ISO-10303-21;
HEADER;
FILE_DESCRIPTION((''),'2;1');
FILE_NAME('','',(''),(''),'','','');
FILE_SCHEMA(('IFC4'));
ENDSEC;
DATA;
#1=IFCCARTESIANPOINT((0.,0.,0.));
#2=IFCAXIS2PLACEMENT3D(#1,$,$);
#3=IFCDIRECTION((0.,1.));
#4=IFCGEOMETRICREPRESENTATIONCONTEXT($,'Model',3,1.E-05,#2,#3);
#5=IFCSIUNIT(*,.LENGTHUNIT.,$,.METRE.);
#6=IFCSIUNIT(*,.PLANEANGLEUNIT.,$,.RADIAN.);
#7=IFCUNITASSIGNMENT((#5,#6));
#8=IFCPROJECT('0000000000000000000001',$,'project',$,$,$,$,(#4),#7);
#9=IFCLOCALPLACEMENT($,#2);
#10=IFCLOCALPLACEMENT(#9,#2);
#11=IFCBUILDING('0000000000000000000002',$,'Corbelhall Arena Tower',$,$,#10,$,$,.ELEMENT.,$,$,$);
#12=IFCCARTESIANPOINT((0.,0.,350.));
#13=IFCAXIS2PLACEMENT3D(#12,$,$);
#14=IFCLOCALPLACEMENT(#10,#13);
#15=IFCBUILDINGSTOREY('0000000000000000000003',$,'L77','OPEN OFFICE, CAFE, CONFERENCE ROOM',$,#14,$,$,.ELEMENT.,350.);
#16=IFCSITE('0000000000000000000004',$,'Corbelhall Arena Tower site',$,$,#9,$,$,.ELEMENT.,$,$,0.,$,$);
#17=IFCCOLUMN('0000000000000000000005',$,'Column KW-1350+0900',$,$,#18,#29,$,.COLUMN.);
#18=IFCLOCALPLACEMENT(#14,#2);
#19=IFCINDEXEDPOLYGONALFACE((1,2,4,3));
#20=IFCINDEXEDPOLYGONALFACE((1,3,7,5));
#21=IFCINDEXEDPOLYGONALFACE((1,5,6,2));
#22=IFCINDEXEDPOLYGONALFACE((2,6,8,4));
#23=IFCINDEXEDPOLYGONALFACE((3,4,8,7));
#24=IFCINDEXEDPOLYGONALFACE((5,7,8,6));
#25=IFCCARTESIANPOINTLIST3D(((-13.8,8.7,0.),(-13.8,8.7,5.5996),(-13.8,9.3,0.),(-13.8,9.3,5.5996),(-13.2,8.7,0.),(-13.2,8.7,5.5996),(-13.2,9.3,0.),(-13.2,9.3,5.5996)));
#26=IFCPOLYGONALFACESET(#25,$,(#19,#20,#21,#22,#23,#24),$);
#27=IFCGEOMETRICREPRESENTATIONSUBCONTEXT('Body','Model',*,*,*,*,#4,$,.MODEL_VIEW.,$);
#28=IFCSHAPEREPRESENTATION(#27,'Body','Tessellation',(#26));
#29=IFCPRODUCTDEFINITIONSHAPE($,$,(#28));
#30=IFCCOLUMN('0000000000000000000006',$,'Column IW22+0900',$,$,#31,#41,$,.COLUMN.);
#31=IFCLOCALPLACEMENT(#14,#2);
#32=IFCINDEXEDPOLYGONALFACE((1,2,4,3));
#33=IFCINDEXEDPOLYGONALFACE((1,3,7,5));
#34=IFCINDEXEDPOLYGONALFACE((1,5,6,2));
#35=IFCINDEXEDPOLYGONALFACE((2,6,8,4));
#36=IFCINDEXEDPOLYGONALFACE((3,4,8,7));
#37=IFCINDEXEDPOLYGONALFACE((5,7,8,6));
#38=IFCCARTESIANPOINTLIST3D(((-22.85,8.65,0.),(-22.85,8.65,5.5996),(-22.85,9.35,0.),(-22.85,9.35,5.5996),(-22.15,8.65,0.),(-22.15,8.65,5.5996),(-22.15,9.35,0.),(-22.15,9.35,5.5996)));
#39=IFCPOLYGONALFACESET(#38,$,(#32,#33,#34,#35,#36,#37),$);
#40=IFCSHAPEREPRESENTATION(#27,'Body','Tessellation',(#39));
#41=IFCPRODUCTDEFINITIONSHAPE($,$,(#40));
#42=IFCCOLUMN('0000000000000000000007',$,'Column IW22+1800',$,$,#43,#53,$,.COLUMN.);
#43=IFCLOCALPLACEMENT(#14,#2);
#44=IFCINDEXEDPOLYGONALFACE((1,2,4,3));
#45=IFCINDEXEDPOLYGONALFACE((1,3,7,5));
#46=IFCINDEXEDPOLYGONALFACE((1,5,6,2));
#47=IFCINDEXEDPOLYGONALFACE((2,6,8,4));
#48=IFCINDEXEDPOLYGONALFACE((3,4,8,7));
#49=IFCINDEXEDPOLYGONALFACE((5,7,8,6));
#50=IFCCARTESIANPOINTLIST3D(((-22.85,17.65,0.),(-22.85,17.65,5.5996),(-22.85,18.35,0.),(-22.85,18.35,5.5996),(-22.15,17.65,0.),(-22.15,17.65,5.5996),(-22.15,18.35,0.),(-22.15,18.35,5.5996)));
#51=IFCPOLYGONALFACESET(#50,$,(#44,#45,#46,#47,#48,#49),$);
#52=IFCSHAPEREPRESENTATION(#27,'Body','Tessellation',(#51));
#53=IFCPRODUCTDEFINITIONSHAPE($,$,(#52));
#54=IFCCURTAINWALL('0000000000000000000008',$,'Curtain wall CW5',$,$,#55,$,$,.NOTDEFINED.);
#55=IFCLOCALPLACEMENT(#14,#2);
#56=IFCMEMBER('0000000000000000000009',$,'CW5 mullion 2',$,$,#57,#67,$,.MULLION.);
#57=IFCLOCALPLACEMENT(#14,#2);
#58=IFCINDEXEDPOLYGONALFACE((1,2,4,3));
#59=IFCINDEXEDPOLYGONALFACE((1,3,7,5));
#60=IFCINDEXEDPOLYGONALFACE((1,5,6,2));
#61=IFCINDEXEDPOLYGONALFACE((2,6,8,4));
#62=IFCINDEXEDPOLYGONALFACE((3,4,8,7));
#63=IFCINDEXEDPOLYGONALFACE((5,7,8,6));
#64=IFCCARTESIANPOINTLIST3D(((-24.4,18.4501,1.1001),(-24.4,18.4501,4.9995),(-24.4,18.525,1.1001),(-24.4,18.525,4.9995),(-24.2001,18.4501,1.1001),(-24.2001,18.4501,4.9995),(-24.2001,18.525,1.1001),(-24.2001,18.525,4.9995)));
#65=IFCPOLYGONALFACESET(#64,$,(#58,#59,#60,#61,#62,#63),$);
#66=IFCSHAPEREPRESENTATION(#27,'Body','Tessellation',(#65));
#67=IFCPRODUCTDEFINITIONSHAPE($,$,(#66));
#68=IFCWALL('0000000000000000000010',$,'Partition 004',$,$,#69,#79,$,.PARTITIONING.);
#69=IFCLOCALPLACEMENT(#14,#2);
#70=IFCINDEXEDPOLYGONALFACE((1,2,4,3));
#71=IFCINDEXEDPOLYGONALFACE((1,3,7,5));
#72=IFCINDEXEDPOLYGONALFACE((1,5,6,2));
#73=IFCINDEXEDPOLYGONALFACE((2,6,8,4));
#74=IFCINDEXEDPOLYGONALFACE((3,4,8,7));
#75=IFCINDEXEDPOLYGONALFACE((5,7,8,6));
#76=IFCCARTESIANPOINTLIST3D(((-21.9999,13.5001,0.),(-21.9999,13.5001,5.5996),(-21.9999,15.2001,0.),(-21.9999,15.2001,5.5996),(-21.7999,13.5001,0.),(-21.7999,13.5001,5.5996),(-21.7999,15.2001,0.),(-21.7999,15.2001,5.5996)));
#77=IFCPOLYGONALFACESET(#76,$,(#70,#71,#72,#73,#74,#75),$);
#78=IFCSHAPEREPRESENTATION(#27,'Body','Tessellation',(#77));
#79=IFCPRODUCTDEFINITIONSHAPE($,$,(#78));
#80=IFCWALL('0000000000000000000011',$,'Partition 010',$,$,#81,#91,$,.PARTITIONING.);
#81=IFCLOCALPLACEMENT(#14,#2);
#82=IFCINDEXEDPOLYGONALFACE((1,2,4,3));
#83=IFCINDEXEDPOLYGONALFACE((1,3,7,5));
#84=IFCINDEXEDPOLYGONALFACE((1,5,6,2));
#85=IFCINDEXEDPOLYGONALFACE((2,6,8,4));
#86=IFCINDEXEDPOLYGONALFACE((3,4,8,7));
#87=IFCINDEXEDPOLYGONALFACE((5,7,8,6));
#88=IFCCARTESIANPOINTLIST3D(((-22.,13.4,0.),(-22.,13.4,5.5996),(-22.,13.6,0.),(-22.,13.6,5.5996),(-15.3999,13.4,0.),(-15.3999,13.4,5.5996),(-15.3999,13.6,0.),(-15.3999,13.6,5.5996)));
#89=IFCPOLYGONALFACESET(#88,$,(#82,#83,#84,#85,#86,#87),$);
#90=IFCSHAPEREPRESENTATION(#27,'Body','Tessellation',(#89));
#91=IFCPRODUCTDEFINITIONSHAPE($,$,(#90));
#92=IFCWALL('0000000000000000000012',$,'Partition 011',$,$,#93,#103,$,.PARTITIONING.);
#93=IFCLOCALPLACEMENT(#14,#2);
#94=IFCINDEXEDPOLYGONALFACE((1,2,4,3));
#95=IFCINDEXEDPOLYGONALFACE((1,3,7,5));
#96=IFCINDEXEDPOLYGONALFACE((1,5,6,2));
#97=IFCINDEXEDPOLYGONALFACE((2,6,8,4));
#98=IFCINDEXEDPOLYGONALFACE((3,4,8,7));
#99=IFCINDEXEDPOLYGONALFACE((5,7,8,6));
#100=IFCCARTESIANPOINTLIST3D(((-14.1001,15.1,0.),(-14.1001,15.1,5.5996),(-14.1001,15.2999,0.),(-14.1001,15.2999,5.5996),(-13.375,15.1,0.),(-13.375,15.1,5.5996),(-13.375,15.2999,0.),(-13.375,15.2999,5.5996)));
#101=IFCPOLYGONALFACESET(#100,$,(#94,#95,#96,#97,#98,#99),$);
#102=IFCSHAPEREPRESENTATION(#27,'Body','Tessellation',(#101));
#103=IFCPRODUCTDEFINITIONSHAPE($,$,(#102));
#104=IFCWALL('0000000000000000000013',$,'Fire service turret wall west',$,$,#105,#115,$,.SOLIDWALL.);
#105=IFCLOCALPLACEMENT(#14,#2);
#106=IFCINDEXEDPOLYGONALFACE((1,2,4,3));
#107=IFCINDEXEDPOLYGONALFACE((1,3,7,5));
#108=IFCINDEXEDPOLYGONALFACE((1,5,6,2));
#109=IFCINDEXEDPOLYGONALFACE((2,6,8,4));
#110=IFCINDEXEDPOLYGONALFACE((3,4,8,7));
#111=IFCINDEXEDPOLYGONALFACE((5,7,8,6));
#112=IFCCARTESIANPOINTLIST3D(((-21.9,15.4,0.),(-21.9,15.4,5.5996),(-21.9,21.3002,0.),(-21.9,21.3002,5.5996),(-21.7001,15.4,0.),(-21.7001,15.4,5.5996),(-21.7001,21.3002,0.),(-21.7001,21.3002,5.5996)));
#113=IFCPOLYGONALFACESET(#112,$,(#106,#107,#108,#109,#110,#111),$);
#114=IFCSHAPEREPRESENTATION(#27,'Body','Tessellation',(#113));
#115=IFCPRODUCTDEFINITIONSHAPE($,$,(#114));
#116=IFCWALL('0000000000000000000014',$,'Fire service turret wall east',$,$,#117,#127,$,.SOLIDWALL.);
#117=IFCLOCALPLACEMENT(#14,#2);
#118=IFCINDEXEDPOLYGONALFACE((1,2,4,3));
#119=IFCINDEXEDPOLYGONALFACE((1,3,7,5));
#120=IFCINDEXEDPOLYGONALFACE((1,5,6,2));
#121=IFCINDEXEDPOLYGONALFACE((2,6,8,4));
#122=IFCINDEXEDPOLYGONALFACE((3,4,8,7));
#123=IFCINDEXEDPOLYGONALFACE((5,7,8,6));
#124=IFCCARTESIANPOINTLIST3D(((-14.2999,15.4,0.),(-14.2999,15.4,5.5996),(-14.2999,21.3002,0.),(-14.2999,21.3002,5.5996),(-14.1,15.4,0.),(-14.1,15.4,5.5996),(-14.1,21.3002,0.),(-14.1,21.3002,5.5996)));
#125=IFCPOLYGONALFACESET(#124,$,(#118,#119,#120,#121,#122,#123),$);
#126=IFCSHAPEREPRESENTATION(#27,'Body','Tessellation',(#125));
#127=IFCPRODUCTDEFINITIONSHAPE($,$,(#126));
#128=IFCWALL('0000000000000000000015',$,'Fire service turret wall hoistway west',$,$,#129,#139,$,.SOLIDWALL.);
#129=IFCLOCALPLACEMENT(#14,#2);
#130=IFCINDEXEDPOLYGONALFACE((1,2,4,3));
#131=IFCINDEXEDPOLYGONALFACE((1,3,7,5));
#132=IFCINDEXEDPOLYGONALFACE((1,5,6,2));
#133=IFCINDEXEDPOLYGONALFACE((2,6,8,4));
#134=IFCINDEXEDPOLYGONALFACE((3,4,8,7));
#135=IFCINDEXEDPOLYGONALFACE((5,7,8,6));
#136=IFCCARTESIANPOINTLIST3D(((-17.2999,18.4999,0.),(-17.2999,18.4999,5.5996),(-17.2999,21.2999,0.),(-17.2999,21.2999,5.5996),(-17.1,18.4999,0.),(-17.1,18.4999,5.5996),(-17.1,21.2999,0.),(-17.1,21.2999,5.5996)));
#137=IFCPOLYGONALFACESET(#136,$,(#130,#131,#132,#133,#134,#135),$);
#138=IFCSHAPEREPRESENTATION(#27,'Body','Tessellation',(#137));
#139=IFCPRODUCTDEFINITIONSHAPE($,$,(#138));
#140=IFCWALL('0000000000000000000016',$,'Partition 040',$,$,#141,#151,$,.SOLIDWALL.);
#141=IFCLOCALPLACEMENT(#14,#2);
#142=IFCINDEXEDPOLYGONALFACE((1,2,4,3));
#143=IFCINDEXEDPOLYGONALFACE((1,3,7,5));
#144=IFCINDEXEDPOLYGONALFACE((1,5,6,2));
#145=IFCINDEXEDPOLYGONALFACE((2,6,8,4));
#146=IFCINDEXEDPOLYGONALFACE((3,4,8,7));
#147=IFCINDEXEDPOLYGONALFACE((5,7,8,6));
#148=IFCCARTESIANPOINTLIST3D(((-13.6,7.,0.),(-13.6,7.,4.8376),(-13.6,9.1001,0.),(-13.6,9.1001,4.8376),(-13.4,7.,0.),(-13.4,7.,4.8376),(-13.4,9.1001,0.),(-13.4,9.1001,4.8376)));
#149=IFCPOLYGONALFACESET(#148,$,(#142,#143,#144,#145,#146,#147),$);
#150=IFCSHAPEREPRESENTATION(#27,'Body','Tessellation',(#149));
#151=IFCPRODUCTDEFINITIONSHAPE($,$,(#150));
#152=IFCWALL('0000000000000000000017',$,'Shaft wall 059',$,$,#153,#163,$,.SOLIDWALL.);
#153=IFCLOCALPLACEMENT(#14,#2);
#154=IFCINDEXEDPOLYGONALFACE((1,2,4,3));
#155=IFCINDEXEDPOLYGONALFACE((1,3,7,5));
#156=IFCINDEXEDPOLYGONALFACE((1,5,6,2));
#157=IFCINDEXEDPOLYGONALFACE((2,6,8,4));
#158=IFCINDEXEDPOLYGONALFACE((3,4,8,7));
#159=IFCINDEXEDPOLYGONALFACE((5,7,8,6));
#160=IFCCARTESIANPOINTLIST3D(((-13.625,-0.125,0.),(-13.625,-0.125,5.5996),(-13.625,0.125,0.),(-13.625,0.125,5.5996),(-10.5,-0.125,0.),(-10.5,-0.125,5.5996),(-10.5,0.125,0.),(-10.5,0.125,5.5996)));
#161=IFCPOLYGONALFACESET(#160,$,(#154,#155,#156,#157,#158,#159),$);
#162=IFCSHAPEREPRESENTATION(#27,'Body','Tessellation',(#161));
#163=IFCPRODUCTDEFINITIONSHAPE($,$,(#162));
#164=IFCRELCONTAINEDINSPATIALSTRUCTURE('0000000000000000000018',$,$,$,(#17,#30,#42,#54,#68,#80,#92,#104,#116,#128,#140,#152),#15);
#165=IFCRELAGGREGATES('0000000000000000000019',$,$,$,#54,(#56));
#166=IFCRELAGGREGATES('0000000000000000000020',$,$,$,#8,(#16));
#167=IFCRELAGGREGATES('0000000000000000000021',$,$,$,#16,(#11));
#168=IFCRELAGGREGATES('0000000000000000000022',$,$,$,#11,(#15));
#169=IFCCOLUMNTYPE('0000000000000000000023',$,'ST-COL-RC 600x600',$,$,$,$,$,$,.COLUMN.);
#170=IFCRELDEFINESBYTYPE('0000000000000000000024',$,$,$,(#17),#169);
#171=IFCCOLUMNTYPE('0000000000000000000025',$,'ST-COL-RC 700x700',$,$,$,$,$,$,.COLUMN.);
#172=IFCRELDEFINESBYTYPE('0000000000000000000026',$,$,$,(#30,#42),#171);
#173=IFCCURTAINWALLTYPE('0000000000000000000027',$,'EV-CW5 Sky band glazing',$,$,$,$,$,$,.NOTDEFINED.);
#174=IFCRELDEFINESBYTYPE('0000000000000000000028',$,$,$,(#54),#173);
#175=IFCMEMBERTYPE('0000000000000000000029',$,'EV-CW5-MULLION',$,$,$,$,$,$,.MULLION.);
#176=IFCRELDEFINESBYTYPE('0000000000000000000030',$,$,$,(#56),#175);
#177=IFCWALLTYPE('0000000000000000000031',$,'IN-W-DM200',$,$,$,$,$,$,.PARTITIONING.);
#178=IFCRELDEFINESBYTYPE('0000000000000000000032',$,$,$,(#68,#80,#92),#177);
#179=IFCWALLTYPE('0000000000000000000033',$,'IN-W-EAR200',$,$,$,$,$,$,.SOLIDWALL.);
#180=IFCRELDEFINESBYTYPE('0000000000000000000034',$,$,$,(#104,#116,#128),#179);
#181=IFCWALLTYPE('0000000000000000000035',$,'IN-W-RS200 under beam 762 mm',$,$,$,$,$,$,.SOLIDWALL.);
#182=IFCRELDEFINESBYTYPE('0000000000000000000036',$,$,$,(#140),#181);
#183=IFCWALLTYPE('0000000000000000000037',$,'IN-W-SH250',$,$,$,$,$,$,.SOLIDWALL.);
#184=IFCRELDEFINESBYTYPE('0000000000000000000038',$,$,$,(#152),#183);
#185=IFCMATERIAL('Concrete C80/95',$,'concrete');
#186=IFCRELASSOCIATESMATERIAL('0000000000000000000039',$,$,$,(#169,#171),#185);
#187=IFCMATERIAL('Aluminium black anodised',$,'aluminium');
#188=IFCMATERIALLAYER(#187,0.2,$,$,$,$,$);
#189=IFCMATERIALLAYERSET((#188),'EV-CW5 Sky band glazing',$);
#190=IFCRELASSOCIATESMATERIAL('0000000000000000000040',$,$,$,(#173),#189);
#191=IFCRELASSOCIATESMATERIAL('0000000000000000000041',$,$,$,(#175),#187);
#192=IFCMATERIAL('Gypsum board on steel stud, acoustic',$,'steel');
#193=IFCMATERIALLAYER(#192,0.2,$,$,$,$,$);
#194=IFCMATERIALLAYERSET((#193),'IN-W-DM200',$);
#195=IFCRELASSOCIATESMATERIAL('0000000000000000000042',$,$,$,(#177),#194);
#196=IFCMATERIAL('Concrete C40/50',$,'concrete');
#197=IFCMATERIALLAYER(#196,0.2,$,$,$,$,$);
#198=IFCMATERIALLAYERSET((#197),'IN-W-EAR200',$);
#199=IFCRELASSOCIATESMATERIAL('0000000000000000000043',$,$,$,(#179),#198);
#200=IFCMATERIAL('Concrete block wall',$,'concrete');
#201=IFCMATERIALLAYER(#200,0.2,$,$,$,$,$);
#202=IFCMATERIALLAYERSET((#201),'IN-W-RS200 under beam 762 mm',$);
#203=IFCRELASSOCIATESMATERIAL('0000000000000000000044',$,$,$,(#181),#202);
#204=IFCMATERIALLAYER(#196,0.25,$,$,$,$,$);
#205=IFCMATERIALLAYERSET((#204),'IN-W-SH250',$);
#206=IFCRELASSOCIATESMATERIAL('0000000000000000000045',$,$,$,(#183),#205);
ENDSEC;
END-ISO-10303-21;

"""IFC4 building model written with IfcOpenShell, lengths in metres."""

from ifc_helpers import new_model, si_unit, direction, frame, frame_2d, origin, origin_2d, place, context, subcontext, project, spatial, rectangle, extrude, material, layer, layer_set, material_profile, profile_set, type_object, element, aggregate, save


model = new_model("IFC4")

# Units and contexts
model_context = context("Model", 3, precision=1e-05, world=origin(), true_north=direction((0.0, 1.0)))
body_context = subcontext(model_context, "Body", "Model", "MODEL_VIEW")
ifc_project = project(units=[si_unit("LENGTHUNIT", "METRE"), si_unit("PLANEANGLEUNIT", "RADIAN")], contexts=[model_context])

# Site, building, storey
site_placement = place(None, origin())
site = spatial("IfcSite", under=ifc_project, at=site_placement, Name="Corbelhall Arena Tower site", CompositionType="ELEMENT", RefElevation=0.0)
building_placement = place(site_placement, origin())
building = spatial("IfcBuilding", under=site, at=building_placement, Name="Corbelhall Arena Tower", CompositionType="ELEMENT")
storey_placement = place(building_placement, frame((0.0, 0.0, 350.0)))
storey = spatial("IfcBuildingStorey", under=building, at=storey_placement, Name="L77", Description="OPEN OFFICE, CAFE, CONFERENCE ROOM", CompositionType="ELEMENT", Elevation=350.0)

# Columns
ifc_material_1 = material(Name="Concrete C80/95", Category="concrete")
ifc_material_profile_1 = material_profile(ifc_material_1, rectangle(XDim=0.6001, YDim=0.6001, at=origin_2d()))
ifc_profile_set_1 = profile_set([ifc_material_profile_1], Name="Concrete C80/95")
column_type_1 = type_object("IfcColumnType", Name="ST-COL-RC 600x600", PredefinedType="COLUMN", material=ifc_profile_set_1)
column_placement = place(storey_placement, frame((-13.5, 9.0, 0.0), z_axis=(0.0, 0.0, 1.0), x_axis=(1.0, 0.0, 0.0)))
element("IfcColumn", 1, at=column_placement, inside=storey, type_object=column_type_1, Name="Column KW-1350+0900", PredefinedType="COLUMN", context=body_context, shape_type="SweptSolid", body=[
    extrude(rectangle(XDim=0.6001, YDim=0.6001, at=origin_2d()), origin(), (0.0, 0.0, 1.0), 5.5996),
])
ifc_material_profile_2 = material_profile(ifc_material_1, rectangle(XDim=0.7, YDim=0.7, at=origin_2d()))
ifc_profile_set_2 = profile_set([ifc_material_profile_2], Name="Concrete C80/95")
column_type_2 = type_object("IfcColumnType", Name="ST-COL-RC 700x700", PredefinedType="COLUMN", material=ifc_profile_set_2)
for number, where, z_axis, x_axis, name in (
    (2, (-22.5, 9.0, 0.0), (0.0, 0.0, 1.0), (1.0, 0.0, 0.0), "Column IW22+0900"),
    (3, (-22.5, 18.0, 0.0), (0.0, 0.0, 1.0), (1.0, 0.0, 0.0), "Column IW22+1800"),
):
    element("IfcColumn", number, at=place(storey_placement, frame(where, z_axis=z_axis, x_axis=x_axis)), inside=storey, type_object=column_type_2, Name=name, PredefinedType="COLUMN", context=body_context, shape_type="SweptSolid", body=[
        extrude(rectangle(XDim=0.7, YDim=0.7, at=origin_2d()), origin(), (0.0, 0.0, 1.0), 5.5996),
    ])

# Curtain wall, member
ifc_material_2 = material(Name="Aluminium black anodised", Category="aluminium")
ifc_layer_1 = layer(ifc_material_2, 0.2)
ifc_layer_set_1 = layer_set([ifc_layer_1], Name="EV-CW5 Sky band glazing")
curtain_wall_type = type_object("IfcCurtainWallType", Name="EV-CW5 Sky band glazing", PredefinedType="NOTDEFINED", material=ifc_layer_set_1)
curtain_wall_placement = place(storey_placement, origin())
curtain_wall = element("IfcCurtainWall", 4, at=curtain_wall_placement, inside=storey, type_object=curtain_wall_type, Name="Curtain wall CW5", PredefinedType="NOTDEFINED")
ifc_material_profile_3 = material_profile(ifc_material_2, rectangle(XDim=0.2, YDim=0.075, at=origin_2d()))
ifc_profile_set_3 = profile_set([ifc_material_profile_3], Name="Aluminium black anodised")
member_type = type_object("IfcMemberType", Name="EV-CW5-MULLION", PredefinedType="MULLION", material=ifc_profile_set_3)
member_placement = place(storey_placement, frame((-24.3, 18.4875, 1.1001), z_axis=(0.0, 0.0, 1.0), x_axis=(1.0, 0.0, 0.0)))
member = element("IfcMember", 5, at=member_placement, type_object=member_type, Name="CW5 mullion 2", PredefinedType="MULLION", context=body_context, shape_type="SweptSolid", body=[
    extrude(rectangle(XDim=0.2, YDim=0.075, at=origin_2d()), origin(), (0.0, 0.0, 1.0), 3.8994),
])
aggregate(curtain_wall, [member])

# Walls
ifc_material_3 = material(Name="Gypsum board on steel stud, acoustic", Category="steel")
ifc_layer_2 = layer(ifc_material_3, 0.2)
ifc_layer_set_2 = layer_set([ifc_layer_2], Name="IN-W-DM200")
wall_type_1 = type_object("IfcWallType", Name="IN-W-DM200", PredefinedType="PARTITIONING", material=ifc_layer_set_2)
wall_1_placement = place(storey_placement, frame((-21.8999, 13.5, 0.0), z_axis=(0.0, 0.0, 1.0), x_axis=(0.0, 1.0, 0.0)))
element("IfcWall", 6, at=wall_1_placement, inside=storey, type_object=wall_type_1, Name="Partition 004", PredefinedType="PARTITIONING", context=body_context, shape_type="SweptSolid", body=[
    extrude(rectangle(XDim=1.7, YDim=0.2, at=frame_2d((0.8501, 0.0))), origin(), (0.0, 0.0, 1.0), 5.5996),
])
wall_2_placement = place(storey_placement, frame((-15.3999, 13.5, 0.0), z_axis=(0.0, 0.0, 1.0), x_axis=(-1.0, 0.0, 0.0)))
element("IfcWall", 7, at=wall_2_placement, inside=storey, type_object=wall_type_1, Name="Partition 010", PredefinedType="PARTITIONING", context=body_context, shape_type="SweptSolid", body=[
    extrude(rectangle(XDim=6.6001, YDim=0.2, at=frame_2d((3.3, 0.0))), origin(), (0.0, 0.0, 1.0), 5.5996),
])
wall_3_placement = place(storey_placement, frame((-14.1001, 15.2, 0.0), z_axis=(0.0, 0.0, 1.0), x_axis=(1.0, 0.0, 0.0)))
element("IfcWall", 8, at=wall_3_placement, inside=storey, type_object=wall_type_1, Name="Partition 011", PredefinedType="PARTITIONING", context=body_context, shape_type="SweptSolid", body=[
    extrude(rectangle(XDim=0.7251, YDim=0.2, at=frame_2d((0.3625, 0.0))), origin(), (0.0, 0.0, 1.0), 5.5996),
])

# Shared definitions
ifc_material_4 = material(Name="Concrete C40/50", Category="concrete")
ifc_layer_3 = layer(ifc_material_4, 0.2)
ifc_layer_set_3 = layer_set([ifc_layer_3], Name="IN-W-EAR200")
wall_type_2 = type_object("IfcWallType", Name="IN-W-EAR200", PredefinedType="SOLIDWALL", material=ifc_layer_set_3)

# Walls
for number, where, z_axis, x_axis, name in (
    (9, (-21.8, 15.3999, 0.0), (0.0, 0.0, 1.0), (0.0, 1.0, 0.0), "Fire service turret wall west"),
    (10, (-14.2, 15.3999, 0.0), (0.0, 0.0, 1.0), (0.0, 1.0, 0.0), "Fire service turret wall east"),
):
    element("IfcWall", number, at=place(storey_placement, frame(where, z_axis=z_axis, x_axis=x_axis)), inside=storey, type_object=wall_type_2, Name=name, PredefinedType="SOLIDWALL", context=body_context, shape_type="SweptSolid", body=[
        extrude(rectangle(XDim=5.9001, YDim=0.2, at=frame_2d((2.9502, 0.0))), origin(), (0.0, 0.0, 1.0), 5.5996),
    ])

# Wall
wall_4_placement = place(storey_placement, frame((-17.2, 18.5, 0.0), z_axis=(0.0, 0.0, 1.0), x_axis=(0.0, 1.0, 0.0)))
element("IfcWall", 11, at=wall_4_placement, inside=storey, type_object=wall_type_2, Name="Fire service turret wall hoistway west", PredefinedType="SOLIDWALL", context=body_context, shape_type="SweptSolid", body=[
    extrude(rectangle(XDim=2.8, YDim=0.2, at=frame_2d((1.3999, 0.0))), origin(), (0.0, 0.0, 1.0), 5.5996),
])

# Walls
ifc_material_5 = material(Name="Concrete block wall", Category="concrete")
ifc_layer_4 = layer(ifc_material_5, 0.2)
ifc_layer_set_4 = layer_set([ifc_layer_4], Name="IN-W-RS200 under beam 762 mm")
wall_type_3 = type_object("IfcWallType", Name="IN-W-RS200 under beam 762 mm", PredefinedType="SOLIDWALL", material=ifc_layer_set_4)
wall_5_placement = place(storey_placement, frame((-13.5, 7.0, 0.0), z_axis=(0.0, 0.0, 1.0), x_axis=(0.0, 1.0, 0.0)))
element("IfcWall", 12, at=wall_5_placement, inside=storey, type_object=wall_type_3, Name="Partition 040", PredefinedType="SOLIDWALL", context=body_context, shape_type="SweptSolid", body=[
    extrude(rectangle(XDim=2.1001, YDim=0.2, at=frame_2d((1.05, 0.0))), origin(), (0.0, 0.0, 1.0), 4.8376),
])
ifc_layer_5 = layer(ifc_material_4, 0.25)
ifc_layer_set_5 = layer_set([ifc_layer_5], Name="IN-W-SH250")
wall_type_4 = type_object("IfcWallType", Name="IN-W-SH250", PredefinedType="SOLIDWALL", material=ifc_layer_set_5)
wall_6_placement = place(storey_placement, frame((-13.625, 0.0, 0.0), z_axis=(0.0, 0.0, 1.0), x_axis=(1.0, 0.0, 0.0)))
element("IfcWall", 13, at=wall_6_placement, inside=storey, type_object=wall_type_4, Name="Shaft wall 059", PredefinedType="SOLIDWALL", context=body_context, shape_type="SweptSolid", body=[
    extrude(rectangle(XDim=3.125, YDim=0.25, at=frame_2d((1.5625, 0.0))), origin(), (0.0, 0.0, 1.0), 5.5996),
])

save(model, "model.ifc")
